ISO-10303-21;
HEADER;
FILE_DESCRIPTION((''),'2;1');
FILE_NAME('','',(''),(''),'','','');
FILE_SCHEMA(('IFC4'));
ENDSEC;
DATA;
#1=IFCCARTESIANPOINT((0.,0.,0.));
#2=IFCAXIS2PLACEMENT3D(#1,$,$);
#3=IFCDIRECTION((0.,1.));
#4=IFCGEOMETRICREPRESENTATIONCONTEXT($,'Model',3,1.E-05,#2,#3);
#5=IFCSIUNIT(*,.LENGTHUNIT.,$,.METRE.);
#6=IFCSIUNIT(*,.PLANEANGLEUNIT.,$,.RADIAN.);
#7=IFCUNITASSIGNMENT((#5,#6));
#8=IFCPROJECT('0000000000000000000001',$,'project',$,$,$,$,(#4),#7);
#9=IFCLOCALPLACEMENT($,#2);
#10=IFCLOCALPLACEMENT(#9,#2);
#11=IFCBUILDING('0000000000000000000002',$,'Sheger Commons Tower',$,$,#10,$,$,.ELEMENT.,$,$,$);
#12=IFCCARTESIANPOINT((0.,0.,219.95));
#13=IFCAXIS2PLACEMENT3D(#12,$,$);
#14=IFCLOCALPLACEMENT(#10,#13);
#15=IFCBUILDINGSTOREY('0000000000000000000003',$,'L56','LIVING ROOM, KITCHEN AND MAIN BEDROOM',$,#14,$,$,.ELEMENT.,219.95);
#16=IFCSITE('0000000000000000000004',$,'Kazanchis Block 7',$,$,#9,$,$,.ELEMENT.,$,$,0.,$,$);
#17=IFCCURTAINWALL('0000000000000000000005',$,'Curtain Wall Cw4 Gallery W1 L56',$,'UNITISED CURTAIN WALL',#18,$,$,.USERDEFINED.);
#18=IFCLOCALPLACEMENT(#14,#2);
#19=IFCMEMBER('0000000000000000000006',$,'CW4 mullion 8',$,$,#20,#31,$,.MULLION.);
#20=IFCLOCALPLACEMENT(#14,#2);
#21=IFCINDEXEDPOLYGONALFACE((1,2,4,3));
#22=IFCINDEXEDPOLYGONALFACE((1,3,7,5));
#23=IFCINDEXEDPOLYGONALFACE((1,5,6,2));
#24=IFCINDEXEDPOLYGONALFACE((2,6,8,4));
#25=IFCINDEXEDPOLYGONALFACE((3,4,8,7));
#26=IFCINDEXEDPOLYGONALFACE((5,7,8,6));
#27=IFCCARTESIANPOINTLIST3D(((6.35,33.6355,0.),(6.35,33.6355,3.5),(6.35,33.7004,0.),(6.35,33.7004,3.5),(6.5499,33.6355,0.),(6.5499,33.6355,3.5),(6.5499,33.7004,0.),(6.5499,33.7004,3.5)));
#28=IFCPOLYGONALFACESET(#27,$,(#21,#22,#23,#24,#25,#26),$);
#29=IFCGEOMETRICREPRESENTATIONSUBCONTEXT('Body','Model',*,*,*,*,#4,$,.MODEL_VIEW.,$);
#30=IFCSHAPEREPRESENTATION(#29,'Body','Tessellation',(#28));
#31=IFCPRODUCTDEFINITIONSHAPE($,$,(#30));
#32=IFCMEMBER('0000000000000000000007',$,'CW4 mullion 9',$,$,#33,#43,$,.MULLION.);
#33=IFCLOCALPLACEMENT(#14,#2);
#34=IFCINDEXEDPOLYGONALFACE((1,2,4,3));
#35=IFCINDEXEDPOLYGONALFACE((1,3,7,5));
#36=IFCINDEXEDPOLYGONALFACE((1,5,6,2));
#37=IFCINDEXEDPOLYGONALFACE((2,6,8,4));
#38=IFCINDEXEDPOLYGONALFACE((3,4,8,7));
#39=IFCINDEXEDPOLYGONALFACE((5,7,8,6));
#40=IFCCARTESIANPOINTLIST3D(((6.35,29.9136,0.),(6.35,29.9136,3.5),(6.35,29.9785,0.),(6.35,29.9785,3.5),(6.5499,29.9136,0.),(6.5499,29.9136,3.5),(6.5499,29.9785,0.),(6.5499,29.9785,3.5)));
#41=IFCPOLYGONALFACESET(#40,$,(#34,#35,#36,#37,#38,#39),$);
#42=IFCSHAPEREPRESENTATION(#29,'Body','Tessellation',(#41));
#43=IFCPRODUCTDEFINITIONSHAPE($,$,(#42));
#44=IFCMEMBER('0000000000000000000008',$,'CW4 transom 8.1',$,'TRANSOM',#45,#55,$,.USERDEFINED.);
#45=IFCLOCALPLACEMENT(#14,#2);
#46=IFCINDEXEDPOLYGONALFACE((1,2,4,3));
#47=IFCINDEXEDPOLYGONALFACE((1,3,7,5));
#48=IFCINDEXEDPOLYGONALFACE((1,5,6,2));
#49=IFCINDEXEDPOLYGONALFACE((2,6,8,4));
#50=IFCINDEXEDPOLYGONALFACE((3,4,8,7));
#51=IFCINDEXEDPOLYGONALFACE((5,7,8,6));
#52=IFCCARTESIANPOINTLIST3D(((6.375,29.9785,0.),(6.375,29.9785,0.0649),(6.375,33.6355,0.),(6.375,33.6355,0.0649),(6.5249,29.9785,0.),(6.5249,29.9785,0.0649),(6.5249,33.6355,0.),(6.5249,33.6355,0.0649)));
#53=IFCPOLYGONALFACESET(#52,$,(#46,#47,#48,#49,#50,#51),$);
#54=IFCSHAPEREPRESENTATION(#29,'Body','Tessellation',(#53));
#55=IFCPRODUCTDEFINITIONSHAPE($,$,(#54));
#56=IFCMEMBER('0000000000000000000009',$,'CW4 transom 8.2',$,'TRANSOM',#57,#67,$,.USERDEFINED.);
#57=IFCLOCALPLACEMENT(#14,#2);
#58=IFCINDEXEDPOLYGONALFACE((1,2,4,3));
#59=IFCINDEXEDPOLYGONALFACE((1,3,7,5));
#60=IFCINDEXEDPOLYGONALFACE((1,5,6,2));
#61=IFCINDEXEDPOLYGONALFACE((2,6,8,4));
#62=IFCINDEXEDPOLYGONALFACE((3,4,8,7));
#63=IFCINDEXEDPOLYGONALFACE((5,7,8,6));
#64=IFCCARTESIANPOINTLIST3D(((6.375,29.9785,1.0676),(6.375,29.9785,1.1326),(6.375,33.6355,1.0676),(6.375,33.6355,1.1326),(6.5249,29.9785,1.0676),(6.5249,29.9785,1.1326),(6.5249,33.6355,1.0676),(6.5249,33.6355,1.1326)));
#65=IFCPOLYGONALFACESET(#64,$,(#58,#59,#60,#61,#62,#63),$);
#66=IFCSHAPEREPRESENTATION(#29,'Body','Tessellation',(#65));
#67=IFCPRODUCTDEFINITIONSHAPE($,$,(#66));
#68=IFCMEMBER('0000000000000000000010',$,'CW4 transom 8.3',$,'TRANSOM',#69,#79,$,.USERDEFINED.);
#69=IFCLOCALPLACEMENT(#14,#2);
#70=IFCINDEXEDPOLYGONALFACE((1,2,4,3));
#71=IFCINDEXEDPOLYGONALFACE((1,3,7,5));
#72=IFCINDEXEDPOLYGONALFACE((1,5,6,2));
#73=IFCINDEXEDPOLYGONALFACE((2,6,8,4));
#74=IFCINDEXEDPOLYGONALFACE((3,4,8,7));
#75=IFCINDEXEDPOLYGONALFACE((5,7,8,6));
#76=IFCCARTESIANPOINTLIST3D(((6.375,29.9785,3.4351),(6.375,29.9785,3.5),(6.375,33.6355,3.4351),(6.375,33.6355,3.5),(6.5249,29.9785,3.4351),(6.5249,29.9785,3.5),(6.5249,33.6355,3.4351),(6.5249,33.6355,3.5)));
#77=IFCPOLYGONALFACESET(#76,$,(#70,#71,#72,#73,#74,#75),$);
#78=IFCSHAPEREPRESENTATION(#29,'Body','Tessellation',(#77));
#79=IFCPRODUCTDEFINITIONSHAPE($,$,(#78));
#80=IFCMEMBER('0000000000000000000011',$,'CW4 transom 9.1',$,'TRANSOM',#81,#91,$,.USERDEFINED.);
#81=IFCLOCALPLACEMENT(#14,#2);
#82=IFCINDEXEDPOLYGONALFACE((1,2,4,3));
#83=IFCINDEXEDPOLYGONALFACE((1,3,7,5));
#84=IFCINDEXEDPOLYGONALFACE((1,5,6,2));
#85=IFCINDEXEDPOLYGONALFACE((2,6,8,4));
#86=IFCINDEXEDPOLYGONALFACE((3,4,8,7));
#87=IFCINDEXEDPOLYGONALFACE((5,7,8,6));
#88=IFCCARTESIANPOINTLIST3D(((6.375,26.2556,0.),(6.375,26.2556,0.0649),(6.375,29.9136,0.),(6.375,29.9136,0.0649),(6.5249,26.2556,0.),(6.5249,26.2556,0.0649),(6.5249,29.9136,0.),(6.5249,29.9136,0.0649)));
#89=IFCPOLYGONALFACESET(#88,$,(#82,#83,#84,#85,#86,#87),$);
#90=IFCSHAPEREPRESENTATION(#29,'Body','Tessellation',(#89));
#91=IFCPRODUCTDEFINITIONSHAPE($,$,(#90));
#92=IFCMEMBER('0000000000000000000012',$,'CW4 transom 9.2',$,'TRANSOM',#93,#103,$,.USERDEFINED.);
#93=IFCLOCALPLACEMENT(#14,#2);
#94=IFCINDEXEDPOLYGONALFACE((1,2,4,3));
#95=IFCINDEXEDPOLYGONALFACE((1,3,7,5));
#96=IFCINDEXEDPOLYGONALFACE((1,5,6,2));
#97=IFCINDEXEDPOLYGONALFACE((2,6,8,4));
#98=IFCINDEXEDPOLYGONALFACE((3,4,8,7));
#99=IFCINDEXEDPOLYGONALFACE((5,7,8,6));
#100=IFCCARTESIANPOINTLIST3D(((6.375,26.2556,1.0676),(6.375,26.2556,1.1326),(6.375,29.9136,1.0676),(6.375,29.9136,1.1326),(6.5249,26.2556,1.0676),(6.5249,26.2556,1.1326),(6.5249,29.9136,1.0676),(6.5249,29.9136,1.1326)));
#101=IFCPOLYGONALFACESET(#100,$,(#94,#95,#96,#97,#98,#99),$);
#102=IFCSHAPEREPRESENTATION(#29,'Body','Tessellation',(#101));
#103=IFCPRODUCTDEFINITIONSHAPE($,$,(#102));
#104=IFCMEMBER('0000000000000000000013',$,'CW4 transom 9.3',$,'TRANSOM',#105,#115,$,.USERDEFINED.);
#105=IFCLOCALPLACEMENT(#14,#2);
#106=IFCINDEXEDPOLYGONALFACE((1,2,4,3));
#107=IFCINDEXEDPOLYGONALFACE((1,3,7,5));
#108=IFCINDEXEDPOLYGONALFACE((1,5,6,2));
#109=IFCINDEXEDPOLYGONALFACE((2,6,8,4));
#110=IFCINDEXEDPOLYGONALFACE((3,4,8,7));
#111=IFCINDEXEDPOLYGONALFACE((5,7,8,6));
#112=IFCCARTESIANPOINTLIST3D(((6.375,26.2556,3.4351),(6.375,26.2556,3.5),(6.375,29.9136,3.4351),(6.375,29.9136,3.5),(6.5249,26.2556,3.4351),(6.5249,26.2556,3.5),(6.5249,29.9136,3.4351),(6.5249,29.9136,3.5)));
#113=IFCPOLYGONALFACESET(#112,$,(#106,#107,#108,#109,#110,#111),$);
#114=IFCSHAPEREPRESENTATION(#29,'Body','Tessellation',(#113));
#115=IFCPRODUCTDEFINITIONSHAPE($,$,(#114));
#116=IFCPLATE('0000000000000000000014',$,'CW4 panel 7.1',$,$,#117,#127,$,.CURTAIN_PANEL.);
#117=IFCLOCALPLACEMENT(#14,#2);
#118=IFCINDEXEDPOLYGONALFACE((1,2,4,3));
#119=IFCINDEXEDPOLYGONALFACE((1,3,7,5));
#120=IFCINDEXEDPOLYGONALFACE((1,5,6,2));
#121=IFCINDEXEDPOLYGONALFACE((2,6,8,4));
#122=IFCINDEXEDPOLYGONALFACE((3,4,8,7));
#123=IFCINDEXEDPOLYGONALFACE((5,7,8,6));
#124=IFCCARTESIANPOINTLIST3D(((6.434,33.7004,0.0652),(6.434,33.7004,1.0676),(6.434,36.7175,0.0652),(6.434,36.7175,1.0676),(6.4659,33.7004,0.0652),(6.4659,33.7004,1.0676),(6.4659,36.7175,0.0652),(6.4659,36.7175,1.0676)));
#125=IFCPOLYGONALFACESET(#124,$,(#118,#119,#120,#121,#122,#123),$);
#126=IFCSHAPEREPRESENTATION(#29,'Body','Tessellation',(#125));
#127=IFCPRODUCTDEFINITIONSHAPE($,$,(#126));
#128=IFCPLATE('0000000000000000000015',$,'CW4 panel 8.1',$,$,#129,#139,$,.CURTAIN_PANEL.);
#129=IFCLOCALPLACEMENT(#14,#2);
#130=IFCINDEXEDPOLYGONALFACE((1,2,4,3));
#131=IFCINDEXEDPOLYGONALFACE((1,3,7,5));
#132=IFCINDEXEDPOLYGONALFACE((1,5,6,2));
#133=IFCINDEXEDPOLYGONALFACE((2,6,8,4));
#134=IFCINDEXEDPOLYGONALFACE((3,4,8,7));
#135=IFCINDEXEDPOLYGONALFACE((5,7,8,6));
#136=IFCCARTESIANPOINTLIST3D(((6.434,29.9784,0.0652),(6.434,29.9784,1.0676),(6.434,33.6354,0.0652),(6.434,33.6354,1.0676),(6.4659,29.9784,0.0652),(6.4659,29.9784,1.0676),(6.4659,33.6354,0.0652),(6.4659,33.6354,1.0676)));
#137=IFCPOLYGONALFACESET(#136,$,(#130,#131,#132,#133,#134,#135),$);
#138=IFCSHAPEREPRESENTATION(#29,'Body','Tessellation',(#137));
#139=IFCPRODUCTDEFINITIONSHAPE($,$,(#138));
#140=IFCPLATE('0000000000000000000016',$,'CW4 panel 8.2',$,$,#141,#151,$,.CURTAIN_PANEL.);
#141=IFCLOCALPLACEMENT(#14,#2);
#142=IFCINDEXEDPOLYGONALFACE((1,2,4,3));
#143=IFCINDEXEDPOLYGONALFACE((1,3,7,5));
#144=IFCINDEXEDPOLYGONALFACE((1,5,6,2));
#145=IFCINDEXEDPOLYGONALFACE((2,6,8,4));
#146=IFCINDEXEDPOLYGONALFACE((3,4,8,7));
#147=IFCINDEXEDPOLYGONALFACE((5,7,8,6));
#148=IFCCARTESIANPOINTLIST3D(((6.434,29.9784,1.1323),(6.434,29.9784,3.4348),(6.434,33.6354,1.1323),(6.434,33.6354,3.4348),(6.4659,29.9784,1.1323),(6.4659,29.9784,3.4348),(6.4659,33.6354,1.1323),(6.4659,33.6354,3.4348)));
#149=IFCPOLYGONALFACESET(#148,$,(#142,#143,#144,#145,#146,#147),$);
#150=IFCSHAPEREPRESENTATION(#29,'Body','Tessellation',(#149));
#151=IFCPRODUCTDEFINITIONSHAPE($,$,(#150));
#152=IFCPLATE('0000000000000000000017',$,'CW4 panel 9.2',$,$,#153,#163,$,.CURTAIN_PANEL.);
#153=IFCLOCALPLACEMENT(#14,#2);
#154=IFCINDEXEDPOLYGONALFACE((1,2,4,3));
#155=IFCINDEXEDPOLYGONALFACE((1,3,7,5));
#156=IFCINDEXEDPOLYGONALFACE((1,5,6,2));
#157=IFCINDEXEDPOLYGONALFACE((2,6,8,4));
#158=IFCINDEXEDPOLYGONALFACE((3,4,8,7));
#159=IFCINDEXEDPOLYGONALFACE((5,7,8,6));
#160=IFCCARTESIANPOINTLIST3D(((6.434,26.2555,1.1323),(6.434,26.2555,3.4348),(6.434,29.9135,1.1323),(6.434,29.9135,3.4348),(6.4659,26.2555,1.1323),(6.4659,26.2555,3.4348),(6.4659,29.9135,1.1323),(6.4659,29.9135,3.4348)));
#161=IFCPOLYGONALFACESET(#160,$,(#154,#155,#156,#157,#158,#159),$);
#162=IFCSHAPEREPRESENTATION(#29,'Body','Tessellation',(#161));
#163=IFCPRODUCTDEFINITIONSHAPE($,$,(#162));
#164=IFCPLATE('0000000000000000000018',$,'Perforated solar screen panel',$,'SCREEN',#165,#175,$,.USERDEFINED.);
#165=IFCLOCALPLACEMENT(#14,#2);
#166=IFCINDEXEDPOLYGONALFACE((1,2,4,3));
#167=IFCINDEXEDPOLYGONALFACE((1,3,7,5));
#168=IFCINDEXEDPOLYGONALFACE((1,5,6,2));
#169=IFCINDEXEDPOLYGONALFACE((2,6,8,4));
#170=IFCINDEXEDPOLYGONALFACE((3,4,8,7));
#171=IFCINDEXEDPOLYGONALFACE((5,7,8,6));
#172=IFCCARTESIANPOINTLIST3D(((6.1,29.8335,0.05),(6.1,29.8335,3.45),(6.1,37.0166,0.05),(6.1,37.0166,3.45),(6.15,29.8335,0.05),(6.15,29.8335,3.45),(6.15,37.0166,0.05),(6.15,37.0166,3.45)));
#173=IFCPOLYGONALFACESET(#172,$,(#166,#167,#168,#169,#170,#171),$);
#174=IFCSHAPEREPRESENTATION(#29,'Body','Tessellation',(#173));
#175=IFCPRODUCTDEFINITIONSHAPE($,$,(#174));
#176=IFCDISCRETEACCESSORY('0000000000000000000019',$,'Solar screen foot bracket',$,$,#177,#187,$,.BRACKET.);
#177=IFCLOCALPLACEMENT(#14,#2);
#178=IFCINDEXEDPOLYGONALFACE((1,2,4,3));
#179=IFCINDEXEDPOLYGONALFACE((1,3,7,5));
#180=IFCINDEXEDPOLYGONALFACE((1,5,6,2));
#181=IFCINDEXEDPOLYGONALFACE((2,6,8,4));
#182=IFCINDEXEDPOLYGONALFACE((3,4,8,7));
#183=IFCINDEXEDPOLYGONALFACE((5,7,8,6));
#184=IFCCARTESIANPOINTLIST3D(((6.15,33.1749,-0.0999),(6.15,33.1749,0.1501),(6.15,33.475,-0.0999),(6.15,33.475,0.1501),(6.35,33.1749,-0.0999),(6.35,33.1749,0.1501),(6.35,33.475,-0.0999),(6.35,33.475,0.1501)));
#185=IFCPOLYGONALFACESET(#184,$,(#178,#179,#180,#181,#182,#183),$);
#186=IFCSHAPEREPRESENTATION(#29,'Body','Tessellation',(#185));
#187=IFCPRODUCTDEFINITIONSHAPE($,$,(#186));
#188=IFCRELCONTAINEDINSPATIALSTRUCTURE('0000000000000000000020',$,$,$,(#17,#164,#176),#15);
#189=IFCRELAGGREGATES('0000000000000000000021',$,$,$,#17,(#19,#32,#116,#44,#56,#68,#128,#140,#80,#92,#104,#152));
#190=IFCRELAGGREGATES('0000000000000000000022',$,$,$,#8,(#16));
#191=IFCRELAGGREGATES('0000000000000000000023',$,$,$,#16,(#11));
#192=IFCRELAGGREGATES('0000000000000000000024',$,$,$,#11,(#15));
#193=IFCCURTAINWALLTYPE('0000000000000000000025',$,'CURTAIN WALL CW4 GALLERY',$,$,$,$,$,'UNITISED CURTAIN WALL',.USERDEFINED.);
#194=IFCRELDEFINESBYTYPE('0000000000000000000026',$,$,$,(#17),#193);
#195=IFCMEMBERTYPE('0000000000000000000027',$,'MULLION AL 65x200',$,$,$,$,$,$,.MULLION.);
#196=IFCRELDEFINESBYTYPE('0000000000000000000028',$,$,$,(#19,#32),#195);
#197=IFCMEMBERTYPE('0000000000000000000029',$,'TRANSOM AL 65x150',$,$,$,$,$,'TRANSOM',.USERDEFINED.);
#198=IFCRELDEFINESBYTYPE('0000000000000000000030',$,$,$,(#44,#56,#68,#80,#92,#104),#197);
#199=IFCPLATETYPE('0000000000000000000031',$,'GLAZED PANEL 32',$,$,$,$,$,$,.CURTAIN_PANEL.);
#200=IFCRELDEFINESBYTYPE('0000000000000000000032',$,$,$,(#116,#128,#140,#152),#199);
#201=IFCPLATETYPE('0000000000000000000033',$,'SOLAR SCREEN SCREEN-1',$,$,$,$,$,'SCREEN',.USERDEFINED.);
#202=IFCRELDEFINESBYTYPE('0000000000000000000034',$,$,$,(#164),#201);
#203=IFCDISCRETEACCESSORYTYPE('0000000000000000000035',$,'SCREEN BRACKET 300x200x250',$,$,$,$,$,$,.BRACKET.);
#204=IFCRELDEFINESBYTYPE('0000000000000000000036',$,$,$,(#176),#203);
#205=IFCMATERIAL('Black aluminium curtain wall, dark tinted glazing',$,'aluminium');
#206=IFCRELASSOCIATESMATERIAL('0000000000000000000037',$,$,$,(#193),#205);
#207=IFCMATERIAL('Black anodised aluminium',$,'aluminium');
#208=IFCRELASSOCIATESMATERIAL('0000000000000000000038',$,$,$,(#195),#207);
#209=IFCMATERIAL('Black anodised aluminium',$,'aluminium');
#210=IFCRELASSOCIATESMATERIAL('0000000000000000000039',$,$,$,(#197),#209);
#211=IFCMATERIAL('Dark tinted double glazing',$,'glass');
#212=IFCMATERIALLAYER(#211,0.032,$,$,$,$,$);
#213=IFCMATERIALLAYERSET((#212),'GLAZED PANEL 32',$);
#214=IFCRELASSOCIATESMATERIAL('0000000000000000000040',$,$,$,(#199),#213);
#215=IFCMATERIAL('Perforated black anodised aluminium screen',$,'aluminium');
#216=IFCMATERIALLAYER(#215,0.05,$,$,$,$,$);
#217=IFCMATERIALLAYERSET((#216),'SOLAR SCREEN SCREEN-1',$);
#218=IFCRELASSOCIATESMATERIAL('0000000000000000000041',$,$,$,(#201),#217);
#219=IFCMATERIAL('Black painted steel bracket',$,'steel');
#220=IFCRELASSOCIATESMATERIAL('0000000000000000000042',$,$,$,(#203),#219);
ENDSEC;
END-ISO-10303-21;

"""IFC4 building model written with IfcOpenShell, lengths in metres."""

from ifc_helpers import new_model, si_unit, direction, frame, origin, origin_2d, place, context, subcontext, project, spatial, rectangle, extrude, material, layer, layer_set, material_profile, profile_set, type_object, element, aggregate, save


model = new_model("IFC4")

# Units and contexts
model_context = context("Model", 3, precision=1e-05, world=origin(), true_north=direction((0.0, 1.0)))
body_context = subcontext(model_context, "Body", "Model", "MODEL_VIEW")
ifc_project = project(units=[si_unit("LENGTHUNIT", "METRE"), si_unit("PLANEANGLEUNIT", "RADIAN")], contexts=[model_context])

# Site, building, storey
site_placement = place(None, origin())
site = spatial("IfcSite", under=ifc_project, at=site_placement, Name="Kazanchis Block 7", CompositionType="ELEMENT", RefElevation=0.0)
building_placement = place(site_placement, origin())
building = spatial("IfcBuilding", under=site, at=building_placement, Name="Sheger Commons Tower", CompositionType="ELEMENT")
storey_placement = place(building_placement, frame((0.0, 0.0, 219.95)))
storey = spatial("IfcBuildingStorey", under=building, at=storey_placement, Name="L56", Description="LIVING ROOM, KITCHEN AND MAIN BEDROOM", CompositionType="ELEMENT", Elevation=219.95)

# Curtain wall, members, plates
ifc_material_1 = material(Name="Black aluminium curtain wall, dark tinted glazing", Category="aluminium")
curtain_wall_type = type_object("IfcCurtainWallType", Name="CURTAIN WALL CW4 GALLERY", ElementType="UNITISED CURTAIN WALL", PredefinedType="USERDEFINED", material=ifc_material_1)
curtain_wall_placement = place(storey_placement, origin())
curtain_wall = element("IfcCurtainWall", 1, at=curtain_wall_placement, inside=storey, type_object=curtain_wall_type, Name="Curtain Wall Cw4 Gallery W1 L56", ObjectType="UNITISED CURTAIN WALL", PredefinedType="USERDEFINED")
ifc_material_2 = material(Name="Black anodised aluminium", Category="aluminium")
ifc_material_profile_1 = material_profile(ifc_material_2, rectangle(XDim=0.2, YDim=0.0649, at=origin_2d()), Name="AL 65x200")
ifc_profile_set_1 = profile_set([ifc_material_profile_1], Name="Black anodised aluminium")
member_type_1 = type_object("IfcMemberType", Name="MULLION AL 65x200", PredefinedType="MULLION", material=ifc_profile_set_1)
member_1_placement = place(storey_placement, frame((6.45, 33.668, 0.0), z_axis=(0.0, 0.0, 1.0), x_axis=(1.0, 0.0, 0.0)))
member_1 = element("IfcMember", 2, at=member_1_placement, type_object=member_type_1, Name="CW4 mullion 8", PredefinedType="MULLION", context=body_context, shape_type="SweptSolid", body=[
    extrude(rectangle(XDim=0.2, YDim=0.0649, at=origin_2d()), origin(), (0.0, 0.0, 1.0), 3.5),
])
member_2_placement = place(storey_placement, frame((6.45, 29.946, 0.0), z_axis=(0.0, 0.0, 1.0), x_axis=(1.0, 0.0, 0.0)))
member_2 = element("IfcMember", 3, at=member_2_placement, type_object=member_type_1, Name="CW4 mullion 9", PredefinedType="MULLION", context=body_context, shape_type="SweptSolid", body=[
    extrude(rectangle(XDim=0.2, YDim=0.0649, at=origin_2d()), origin(), (0.0, 0.0, 1.0), 3.5),
])
ifc_material_3 = material(Name="Black anodised aluminium", Category="aluminium")
ifc_material_profile_2 = material_profile(ifc_material_3, rectangle(XDim=0.1499, YDim=0.0649, at=origin_2d()), Name="AL 65x150")
ifc_profile_set_2 = profile_set([ifc_material_profile_2], Name="Black anodised aluminium")
member_type_2 = type_object("IfcMemberType", Name="TRANSOM AL 65x150", ElementType="TRANSOM", PredefinedType="USERDEFINED", material=ifc_profile_set_2)
member_3_placement = place(storey_placement, frame((6.45, 33.6355, 0.0325), z_axis=(0.0, -1.0, 0.0), x_axis=(1.0, 0.0, 0.0)))
member_3 = element("IfcMember", 4, at=member_3_placement, type_object=member_type_2, Name="CW4 transom 8.1", ObjectType="TRANSOM", PredefinedType="USERDEFINED", context=body_context, shape_type="SweptSolid", body=[
    extrude(rectangle(XDim=0.1499, YDim=0.0649, at=origin_2d()), origin(), (0.0, 0.0, 1.0), 3.657),
])
member_4_placement = place(storey_placement, frame((6.45, 33.6355, 1.1001), z_axis=(0.0, -1.0, 0.0), x_axis=(1.0, 0.0, 0.0)))
member_4 = element("IfcMember", 5, at=member_4_placement, type_object=member_type_2, Name="CW4 transom 8.2", ObjectType="TRANSOM", PredefinedType="USERDEFINED", context=body_context, shape_type="SweptSolid", body=[
    extrude(rectangle(XDim=0.1499, YDim=0.0649, at=origin_2d()), origin(), (0.0, 0.0, 1.0), 3.657),
])
member_5_placement = place(storey_placement, frame((6.45, 33.6355, 3.4675), z_axis=(0.0, -1.0, 0.0), x_axis=(1.0, 0.0, 0.0)))
member_5 = element("IfcMember", 6, at=member_5_placement, type_object=member_type_2, Name="CW4 transom 8.3", ObjectType="TRANSOM", PredefinedType="USERDEFINED", context=body_context, shape_type="SweptSolid", body=[
    extrude(rectangle(XDim=0.1499, YDim=0.0649, at=origin_2d()), origin(), (0.0, 0.0, 1.0), 3.657),
])
member_6_placement = place(storey_placement, frame((6.45, 29.9136, 0.0325), z_axis=(0.0, -1.0, 0.0), x_axis=(1.0, 0.0, 0.0)))
member_6 = element("IfcMember", 7, at=member_6_placement, type_object=member_type_2, Name="CW4 transom 9.1", ObjectType="TRANSOM", PredefinedType="USERDEFINED", context=body_context, shape_type="SweptSolid", body=[
    extrude(rectangle(XDim=0.1499, YDim=0.0649, at=origin_2d()), origin(), (0.0, 0.0, 1.0), 3.658),
])
member_7_placement = place(storey_placement, frame((6.45, 29.9136, 1.1001), z_axis=(0.0, -1.0, 0.0), x_axis=(1.0, 0.0, 0.0)))
member_7 = element("IfcMember", 8, at=member_7_placement, type_object=member_type_2, Name="CW4 transom 9.2", ObjectType="TRANSOM", PredefinedType="USERDEFINED", context=body_context, shape_type="SweptSolid", body=[
    extrude(rectangle(XDim=0.1499, YDim=0.0649, at=origin_2d()), origin(), (0.0, 0.0, 1.0), 3.658),
])
member_8_placement = place(storey_placement, frame((6.45, 29.9136, 3.4675), z_axis=(0.0, -1.0, 0.0), x_axis=(1.0, 0.0, 0.0)))
member_8 = element("IfcMember", 9, at=member_8_placement, type_object=member_type_2, Name="CW4 transom 9.3", ObjectType="TRANSOM", PredefinedType="USERDEFINED", context=body_context, shape_type="SweptSolid", body=[
    extrude(rectangle(XDim=0.1499, YDim=0.0649, at=origin_2d()), origin(), (0.0, 0.0, 1.0), 3.658),
])
ifc_material_4 = material(Name="Dark tinted double glazing", Category="glass")
ifc_layer_1 = layer(ifc_material_4, 0.032)
ifc_layer_set_1 = layer_set([ifc_layer_1], Name="GLAZED PANEL 32")
plate_type_1 = type_object("IfcPlateType", Name="GLAZED PANEL 32", PredefinedType="CURTAIN_PANEL", material=ifc_layer_set_1)
plate_1_placement = place(storey_placement, frame((6.45, 35.209, 0.0652), z_axis=(0.0, 0.0, 1.0), x_axis=(0.0, -1.0, 0.0)))
plate_1 = element("IfcPlate", 10, at=plate_1_placement, type_object=plate_type_1, Name="CW4 panel 7.1", PredefinedType="CURTAIN_PANEL", context=body_context, shape_type="SweptSolid", body=[
    extrude(rectangle(XDim=3.0171, YDim=0.032, at=origin_2d()), origin(), (0.0, 0.0, 1.0), 1.0024),
])
plate_2_placement = place(storey_placement, frame((6.45, 31.8069, 0.0652), z_axis=(0.0, 0.0, 1.0), x_axis=(0.0, -1.0, 0.0)))
plate_2 = element("IfcPlate", 11, at=plate_2_placement, type_object=plate_type_1, Name="CW4 panel 8.1", PredefinedType="CURTAIN_PANEL", context=body_context, shape_type="SweptSolid", body=[
    extrude(rectangle(XDim=3.657, YDim=0.032, at=origin_2d()), origin(), (0.0, 0.0, 1.0), 1.0024),
])
plate_3_placement = place(storey_placement, frame((6.45, 31.8069, 1.1323), z_axis=(0.0, 0.0, 1.0), x_axis=(0.0, -1.0, 0.0)))
plate_3 = element("IfcPlate", 12, at=plate_3_placement, type_object=plate_type_1, Name="CW4 panel 8.2", PredefinedType="CURTAIN_PANEL", context=body_context, shape_type="SweptSolid", body=[
    extrude(rectangle(XDim=3.657, YDim=0.032, at=origin_2d()), origin(), (0.0, 0.0, 1.0), 2.3025),
])
plate_4_placement = place(storey_placement, frame((6.45, 28.0845, 1.1323), z_axis=(0.0, 0.0, 1.0), x_axis=(0.0, -1.0, 0.0)))
plate_4 = element("IfcPlate", 13, at=plate_4_placement, type_object=plate_type_1, Name="CW4 panel 9.2", PredefinedType="CURTAIN_PANEL", context=body_context, shape_type="SweptSolid", body=[
    extrude(rectangle(XDim=3.658, YDim=0.032, at=origin_2d()), origin(), (0.0, 0.0, 1.0), 2.3025),
])
aggregate(curtain_wall, [member_1, member_2, plate_1, member_3, member_4, member_5, plate_2, plate_3, member_6, member_7, member_8, plate_4])

# Plate
ifc_material_5 = material(Name="Perforated black anodised aluminium screen", Category="aluminium")
ifc_layer_2 = layer(ifc_material_5, 0.05)
ifc_layer_set_2 = layer_set([ifc_layer_2], Name="SOLAR SCREEN SCREEN-1")
plate_type_2 = type_object("IfcPlateType", Name="SOLAR SCREEN SCREEN-1", ElementType="SCREEN", PredefinedType="USERDEFINED", material=ifc_layer_set_2)
plate_5_placement = place(storey_placement, frame((6.125, 33.425, 0.05), z_axis=(0.0, 0.0, 1.0), x_axis=(0.0, -1.0, 0.0)))
element("IfcPlate", 14, at=plate_5_placement, inside=storey, type_object=plate_type_2, Name="Perforated solar screen panel", ObjectType="SCREEN", PredefinedType="USERDEFINED", context=body_context, shape_type="SweptSolid", body=[
    extrude(rectangle(XDim=7.1831, YDim=0.05, at=origin_2d()), origin(), (0.0, 0.0, 1.0), 3.3999),
])

# Discrete accessory
ifc_material_6 = material(Name="Black painted steel bracket", Category="steel")
discrete_accessory_type = type_object("IfcDiscreteAccessoryType", Name="SCREEN BRACKET 300x200x250", PredefinedType="BRACKET", material=ifc_material_6)
for number, where, z_axis, x_axis, name in (
    (15, (6.25, 33.325, -0.0999), (0.0, 0.0, 1.0), (0.0, -1.0, 0.0), "Solar screen foot bracket"),
):
    element("IfcDiscreteAccessory", number, at=place(storey_placement, frame(where, z_axis=z_axis, x_axis=x_axis)), inside=storey, type_object=discrete_accessory_type, Name=name, PredefinedType="BRACKET", context=body_context, shape_type="SweptSolid", body=[
        extrude(rectangle(XDim=0.3, YDim=0.2, at=origin_2d()), origin(), (0.0, 0.0, 1.0), 0.25),
    ])

save(model, "model.ifc")
